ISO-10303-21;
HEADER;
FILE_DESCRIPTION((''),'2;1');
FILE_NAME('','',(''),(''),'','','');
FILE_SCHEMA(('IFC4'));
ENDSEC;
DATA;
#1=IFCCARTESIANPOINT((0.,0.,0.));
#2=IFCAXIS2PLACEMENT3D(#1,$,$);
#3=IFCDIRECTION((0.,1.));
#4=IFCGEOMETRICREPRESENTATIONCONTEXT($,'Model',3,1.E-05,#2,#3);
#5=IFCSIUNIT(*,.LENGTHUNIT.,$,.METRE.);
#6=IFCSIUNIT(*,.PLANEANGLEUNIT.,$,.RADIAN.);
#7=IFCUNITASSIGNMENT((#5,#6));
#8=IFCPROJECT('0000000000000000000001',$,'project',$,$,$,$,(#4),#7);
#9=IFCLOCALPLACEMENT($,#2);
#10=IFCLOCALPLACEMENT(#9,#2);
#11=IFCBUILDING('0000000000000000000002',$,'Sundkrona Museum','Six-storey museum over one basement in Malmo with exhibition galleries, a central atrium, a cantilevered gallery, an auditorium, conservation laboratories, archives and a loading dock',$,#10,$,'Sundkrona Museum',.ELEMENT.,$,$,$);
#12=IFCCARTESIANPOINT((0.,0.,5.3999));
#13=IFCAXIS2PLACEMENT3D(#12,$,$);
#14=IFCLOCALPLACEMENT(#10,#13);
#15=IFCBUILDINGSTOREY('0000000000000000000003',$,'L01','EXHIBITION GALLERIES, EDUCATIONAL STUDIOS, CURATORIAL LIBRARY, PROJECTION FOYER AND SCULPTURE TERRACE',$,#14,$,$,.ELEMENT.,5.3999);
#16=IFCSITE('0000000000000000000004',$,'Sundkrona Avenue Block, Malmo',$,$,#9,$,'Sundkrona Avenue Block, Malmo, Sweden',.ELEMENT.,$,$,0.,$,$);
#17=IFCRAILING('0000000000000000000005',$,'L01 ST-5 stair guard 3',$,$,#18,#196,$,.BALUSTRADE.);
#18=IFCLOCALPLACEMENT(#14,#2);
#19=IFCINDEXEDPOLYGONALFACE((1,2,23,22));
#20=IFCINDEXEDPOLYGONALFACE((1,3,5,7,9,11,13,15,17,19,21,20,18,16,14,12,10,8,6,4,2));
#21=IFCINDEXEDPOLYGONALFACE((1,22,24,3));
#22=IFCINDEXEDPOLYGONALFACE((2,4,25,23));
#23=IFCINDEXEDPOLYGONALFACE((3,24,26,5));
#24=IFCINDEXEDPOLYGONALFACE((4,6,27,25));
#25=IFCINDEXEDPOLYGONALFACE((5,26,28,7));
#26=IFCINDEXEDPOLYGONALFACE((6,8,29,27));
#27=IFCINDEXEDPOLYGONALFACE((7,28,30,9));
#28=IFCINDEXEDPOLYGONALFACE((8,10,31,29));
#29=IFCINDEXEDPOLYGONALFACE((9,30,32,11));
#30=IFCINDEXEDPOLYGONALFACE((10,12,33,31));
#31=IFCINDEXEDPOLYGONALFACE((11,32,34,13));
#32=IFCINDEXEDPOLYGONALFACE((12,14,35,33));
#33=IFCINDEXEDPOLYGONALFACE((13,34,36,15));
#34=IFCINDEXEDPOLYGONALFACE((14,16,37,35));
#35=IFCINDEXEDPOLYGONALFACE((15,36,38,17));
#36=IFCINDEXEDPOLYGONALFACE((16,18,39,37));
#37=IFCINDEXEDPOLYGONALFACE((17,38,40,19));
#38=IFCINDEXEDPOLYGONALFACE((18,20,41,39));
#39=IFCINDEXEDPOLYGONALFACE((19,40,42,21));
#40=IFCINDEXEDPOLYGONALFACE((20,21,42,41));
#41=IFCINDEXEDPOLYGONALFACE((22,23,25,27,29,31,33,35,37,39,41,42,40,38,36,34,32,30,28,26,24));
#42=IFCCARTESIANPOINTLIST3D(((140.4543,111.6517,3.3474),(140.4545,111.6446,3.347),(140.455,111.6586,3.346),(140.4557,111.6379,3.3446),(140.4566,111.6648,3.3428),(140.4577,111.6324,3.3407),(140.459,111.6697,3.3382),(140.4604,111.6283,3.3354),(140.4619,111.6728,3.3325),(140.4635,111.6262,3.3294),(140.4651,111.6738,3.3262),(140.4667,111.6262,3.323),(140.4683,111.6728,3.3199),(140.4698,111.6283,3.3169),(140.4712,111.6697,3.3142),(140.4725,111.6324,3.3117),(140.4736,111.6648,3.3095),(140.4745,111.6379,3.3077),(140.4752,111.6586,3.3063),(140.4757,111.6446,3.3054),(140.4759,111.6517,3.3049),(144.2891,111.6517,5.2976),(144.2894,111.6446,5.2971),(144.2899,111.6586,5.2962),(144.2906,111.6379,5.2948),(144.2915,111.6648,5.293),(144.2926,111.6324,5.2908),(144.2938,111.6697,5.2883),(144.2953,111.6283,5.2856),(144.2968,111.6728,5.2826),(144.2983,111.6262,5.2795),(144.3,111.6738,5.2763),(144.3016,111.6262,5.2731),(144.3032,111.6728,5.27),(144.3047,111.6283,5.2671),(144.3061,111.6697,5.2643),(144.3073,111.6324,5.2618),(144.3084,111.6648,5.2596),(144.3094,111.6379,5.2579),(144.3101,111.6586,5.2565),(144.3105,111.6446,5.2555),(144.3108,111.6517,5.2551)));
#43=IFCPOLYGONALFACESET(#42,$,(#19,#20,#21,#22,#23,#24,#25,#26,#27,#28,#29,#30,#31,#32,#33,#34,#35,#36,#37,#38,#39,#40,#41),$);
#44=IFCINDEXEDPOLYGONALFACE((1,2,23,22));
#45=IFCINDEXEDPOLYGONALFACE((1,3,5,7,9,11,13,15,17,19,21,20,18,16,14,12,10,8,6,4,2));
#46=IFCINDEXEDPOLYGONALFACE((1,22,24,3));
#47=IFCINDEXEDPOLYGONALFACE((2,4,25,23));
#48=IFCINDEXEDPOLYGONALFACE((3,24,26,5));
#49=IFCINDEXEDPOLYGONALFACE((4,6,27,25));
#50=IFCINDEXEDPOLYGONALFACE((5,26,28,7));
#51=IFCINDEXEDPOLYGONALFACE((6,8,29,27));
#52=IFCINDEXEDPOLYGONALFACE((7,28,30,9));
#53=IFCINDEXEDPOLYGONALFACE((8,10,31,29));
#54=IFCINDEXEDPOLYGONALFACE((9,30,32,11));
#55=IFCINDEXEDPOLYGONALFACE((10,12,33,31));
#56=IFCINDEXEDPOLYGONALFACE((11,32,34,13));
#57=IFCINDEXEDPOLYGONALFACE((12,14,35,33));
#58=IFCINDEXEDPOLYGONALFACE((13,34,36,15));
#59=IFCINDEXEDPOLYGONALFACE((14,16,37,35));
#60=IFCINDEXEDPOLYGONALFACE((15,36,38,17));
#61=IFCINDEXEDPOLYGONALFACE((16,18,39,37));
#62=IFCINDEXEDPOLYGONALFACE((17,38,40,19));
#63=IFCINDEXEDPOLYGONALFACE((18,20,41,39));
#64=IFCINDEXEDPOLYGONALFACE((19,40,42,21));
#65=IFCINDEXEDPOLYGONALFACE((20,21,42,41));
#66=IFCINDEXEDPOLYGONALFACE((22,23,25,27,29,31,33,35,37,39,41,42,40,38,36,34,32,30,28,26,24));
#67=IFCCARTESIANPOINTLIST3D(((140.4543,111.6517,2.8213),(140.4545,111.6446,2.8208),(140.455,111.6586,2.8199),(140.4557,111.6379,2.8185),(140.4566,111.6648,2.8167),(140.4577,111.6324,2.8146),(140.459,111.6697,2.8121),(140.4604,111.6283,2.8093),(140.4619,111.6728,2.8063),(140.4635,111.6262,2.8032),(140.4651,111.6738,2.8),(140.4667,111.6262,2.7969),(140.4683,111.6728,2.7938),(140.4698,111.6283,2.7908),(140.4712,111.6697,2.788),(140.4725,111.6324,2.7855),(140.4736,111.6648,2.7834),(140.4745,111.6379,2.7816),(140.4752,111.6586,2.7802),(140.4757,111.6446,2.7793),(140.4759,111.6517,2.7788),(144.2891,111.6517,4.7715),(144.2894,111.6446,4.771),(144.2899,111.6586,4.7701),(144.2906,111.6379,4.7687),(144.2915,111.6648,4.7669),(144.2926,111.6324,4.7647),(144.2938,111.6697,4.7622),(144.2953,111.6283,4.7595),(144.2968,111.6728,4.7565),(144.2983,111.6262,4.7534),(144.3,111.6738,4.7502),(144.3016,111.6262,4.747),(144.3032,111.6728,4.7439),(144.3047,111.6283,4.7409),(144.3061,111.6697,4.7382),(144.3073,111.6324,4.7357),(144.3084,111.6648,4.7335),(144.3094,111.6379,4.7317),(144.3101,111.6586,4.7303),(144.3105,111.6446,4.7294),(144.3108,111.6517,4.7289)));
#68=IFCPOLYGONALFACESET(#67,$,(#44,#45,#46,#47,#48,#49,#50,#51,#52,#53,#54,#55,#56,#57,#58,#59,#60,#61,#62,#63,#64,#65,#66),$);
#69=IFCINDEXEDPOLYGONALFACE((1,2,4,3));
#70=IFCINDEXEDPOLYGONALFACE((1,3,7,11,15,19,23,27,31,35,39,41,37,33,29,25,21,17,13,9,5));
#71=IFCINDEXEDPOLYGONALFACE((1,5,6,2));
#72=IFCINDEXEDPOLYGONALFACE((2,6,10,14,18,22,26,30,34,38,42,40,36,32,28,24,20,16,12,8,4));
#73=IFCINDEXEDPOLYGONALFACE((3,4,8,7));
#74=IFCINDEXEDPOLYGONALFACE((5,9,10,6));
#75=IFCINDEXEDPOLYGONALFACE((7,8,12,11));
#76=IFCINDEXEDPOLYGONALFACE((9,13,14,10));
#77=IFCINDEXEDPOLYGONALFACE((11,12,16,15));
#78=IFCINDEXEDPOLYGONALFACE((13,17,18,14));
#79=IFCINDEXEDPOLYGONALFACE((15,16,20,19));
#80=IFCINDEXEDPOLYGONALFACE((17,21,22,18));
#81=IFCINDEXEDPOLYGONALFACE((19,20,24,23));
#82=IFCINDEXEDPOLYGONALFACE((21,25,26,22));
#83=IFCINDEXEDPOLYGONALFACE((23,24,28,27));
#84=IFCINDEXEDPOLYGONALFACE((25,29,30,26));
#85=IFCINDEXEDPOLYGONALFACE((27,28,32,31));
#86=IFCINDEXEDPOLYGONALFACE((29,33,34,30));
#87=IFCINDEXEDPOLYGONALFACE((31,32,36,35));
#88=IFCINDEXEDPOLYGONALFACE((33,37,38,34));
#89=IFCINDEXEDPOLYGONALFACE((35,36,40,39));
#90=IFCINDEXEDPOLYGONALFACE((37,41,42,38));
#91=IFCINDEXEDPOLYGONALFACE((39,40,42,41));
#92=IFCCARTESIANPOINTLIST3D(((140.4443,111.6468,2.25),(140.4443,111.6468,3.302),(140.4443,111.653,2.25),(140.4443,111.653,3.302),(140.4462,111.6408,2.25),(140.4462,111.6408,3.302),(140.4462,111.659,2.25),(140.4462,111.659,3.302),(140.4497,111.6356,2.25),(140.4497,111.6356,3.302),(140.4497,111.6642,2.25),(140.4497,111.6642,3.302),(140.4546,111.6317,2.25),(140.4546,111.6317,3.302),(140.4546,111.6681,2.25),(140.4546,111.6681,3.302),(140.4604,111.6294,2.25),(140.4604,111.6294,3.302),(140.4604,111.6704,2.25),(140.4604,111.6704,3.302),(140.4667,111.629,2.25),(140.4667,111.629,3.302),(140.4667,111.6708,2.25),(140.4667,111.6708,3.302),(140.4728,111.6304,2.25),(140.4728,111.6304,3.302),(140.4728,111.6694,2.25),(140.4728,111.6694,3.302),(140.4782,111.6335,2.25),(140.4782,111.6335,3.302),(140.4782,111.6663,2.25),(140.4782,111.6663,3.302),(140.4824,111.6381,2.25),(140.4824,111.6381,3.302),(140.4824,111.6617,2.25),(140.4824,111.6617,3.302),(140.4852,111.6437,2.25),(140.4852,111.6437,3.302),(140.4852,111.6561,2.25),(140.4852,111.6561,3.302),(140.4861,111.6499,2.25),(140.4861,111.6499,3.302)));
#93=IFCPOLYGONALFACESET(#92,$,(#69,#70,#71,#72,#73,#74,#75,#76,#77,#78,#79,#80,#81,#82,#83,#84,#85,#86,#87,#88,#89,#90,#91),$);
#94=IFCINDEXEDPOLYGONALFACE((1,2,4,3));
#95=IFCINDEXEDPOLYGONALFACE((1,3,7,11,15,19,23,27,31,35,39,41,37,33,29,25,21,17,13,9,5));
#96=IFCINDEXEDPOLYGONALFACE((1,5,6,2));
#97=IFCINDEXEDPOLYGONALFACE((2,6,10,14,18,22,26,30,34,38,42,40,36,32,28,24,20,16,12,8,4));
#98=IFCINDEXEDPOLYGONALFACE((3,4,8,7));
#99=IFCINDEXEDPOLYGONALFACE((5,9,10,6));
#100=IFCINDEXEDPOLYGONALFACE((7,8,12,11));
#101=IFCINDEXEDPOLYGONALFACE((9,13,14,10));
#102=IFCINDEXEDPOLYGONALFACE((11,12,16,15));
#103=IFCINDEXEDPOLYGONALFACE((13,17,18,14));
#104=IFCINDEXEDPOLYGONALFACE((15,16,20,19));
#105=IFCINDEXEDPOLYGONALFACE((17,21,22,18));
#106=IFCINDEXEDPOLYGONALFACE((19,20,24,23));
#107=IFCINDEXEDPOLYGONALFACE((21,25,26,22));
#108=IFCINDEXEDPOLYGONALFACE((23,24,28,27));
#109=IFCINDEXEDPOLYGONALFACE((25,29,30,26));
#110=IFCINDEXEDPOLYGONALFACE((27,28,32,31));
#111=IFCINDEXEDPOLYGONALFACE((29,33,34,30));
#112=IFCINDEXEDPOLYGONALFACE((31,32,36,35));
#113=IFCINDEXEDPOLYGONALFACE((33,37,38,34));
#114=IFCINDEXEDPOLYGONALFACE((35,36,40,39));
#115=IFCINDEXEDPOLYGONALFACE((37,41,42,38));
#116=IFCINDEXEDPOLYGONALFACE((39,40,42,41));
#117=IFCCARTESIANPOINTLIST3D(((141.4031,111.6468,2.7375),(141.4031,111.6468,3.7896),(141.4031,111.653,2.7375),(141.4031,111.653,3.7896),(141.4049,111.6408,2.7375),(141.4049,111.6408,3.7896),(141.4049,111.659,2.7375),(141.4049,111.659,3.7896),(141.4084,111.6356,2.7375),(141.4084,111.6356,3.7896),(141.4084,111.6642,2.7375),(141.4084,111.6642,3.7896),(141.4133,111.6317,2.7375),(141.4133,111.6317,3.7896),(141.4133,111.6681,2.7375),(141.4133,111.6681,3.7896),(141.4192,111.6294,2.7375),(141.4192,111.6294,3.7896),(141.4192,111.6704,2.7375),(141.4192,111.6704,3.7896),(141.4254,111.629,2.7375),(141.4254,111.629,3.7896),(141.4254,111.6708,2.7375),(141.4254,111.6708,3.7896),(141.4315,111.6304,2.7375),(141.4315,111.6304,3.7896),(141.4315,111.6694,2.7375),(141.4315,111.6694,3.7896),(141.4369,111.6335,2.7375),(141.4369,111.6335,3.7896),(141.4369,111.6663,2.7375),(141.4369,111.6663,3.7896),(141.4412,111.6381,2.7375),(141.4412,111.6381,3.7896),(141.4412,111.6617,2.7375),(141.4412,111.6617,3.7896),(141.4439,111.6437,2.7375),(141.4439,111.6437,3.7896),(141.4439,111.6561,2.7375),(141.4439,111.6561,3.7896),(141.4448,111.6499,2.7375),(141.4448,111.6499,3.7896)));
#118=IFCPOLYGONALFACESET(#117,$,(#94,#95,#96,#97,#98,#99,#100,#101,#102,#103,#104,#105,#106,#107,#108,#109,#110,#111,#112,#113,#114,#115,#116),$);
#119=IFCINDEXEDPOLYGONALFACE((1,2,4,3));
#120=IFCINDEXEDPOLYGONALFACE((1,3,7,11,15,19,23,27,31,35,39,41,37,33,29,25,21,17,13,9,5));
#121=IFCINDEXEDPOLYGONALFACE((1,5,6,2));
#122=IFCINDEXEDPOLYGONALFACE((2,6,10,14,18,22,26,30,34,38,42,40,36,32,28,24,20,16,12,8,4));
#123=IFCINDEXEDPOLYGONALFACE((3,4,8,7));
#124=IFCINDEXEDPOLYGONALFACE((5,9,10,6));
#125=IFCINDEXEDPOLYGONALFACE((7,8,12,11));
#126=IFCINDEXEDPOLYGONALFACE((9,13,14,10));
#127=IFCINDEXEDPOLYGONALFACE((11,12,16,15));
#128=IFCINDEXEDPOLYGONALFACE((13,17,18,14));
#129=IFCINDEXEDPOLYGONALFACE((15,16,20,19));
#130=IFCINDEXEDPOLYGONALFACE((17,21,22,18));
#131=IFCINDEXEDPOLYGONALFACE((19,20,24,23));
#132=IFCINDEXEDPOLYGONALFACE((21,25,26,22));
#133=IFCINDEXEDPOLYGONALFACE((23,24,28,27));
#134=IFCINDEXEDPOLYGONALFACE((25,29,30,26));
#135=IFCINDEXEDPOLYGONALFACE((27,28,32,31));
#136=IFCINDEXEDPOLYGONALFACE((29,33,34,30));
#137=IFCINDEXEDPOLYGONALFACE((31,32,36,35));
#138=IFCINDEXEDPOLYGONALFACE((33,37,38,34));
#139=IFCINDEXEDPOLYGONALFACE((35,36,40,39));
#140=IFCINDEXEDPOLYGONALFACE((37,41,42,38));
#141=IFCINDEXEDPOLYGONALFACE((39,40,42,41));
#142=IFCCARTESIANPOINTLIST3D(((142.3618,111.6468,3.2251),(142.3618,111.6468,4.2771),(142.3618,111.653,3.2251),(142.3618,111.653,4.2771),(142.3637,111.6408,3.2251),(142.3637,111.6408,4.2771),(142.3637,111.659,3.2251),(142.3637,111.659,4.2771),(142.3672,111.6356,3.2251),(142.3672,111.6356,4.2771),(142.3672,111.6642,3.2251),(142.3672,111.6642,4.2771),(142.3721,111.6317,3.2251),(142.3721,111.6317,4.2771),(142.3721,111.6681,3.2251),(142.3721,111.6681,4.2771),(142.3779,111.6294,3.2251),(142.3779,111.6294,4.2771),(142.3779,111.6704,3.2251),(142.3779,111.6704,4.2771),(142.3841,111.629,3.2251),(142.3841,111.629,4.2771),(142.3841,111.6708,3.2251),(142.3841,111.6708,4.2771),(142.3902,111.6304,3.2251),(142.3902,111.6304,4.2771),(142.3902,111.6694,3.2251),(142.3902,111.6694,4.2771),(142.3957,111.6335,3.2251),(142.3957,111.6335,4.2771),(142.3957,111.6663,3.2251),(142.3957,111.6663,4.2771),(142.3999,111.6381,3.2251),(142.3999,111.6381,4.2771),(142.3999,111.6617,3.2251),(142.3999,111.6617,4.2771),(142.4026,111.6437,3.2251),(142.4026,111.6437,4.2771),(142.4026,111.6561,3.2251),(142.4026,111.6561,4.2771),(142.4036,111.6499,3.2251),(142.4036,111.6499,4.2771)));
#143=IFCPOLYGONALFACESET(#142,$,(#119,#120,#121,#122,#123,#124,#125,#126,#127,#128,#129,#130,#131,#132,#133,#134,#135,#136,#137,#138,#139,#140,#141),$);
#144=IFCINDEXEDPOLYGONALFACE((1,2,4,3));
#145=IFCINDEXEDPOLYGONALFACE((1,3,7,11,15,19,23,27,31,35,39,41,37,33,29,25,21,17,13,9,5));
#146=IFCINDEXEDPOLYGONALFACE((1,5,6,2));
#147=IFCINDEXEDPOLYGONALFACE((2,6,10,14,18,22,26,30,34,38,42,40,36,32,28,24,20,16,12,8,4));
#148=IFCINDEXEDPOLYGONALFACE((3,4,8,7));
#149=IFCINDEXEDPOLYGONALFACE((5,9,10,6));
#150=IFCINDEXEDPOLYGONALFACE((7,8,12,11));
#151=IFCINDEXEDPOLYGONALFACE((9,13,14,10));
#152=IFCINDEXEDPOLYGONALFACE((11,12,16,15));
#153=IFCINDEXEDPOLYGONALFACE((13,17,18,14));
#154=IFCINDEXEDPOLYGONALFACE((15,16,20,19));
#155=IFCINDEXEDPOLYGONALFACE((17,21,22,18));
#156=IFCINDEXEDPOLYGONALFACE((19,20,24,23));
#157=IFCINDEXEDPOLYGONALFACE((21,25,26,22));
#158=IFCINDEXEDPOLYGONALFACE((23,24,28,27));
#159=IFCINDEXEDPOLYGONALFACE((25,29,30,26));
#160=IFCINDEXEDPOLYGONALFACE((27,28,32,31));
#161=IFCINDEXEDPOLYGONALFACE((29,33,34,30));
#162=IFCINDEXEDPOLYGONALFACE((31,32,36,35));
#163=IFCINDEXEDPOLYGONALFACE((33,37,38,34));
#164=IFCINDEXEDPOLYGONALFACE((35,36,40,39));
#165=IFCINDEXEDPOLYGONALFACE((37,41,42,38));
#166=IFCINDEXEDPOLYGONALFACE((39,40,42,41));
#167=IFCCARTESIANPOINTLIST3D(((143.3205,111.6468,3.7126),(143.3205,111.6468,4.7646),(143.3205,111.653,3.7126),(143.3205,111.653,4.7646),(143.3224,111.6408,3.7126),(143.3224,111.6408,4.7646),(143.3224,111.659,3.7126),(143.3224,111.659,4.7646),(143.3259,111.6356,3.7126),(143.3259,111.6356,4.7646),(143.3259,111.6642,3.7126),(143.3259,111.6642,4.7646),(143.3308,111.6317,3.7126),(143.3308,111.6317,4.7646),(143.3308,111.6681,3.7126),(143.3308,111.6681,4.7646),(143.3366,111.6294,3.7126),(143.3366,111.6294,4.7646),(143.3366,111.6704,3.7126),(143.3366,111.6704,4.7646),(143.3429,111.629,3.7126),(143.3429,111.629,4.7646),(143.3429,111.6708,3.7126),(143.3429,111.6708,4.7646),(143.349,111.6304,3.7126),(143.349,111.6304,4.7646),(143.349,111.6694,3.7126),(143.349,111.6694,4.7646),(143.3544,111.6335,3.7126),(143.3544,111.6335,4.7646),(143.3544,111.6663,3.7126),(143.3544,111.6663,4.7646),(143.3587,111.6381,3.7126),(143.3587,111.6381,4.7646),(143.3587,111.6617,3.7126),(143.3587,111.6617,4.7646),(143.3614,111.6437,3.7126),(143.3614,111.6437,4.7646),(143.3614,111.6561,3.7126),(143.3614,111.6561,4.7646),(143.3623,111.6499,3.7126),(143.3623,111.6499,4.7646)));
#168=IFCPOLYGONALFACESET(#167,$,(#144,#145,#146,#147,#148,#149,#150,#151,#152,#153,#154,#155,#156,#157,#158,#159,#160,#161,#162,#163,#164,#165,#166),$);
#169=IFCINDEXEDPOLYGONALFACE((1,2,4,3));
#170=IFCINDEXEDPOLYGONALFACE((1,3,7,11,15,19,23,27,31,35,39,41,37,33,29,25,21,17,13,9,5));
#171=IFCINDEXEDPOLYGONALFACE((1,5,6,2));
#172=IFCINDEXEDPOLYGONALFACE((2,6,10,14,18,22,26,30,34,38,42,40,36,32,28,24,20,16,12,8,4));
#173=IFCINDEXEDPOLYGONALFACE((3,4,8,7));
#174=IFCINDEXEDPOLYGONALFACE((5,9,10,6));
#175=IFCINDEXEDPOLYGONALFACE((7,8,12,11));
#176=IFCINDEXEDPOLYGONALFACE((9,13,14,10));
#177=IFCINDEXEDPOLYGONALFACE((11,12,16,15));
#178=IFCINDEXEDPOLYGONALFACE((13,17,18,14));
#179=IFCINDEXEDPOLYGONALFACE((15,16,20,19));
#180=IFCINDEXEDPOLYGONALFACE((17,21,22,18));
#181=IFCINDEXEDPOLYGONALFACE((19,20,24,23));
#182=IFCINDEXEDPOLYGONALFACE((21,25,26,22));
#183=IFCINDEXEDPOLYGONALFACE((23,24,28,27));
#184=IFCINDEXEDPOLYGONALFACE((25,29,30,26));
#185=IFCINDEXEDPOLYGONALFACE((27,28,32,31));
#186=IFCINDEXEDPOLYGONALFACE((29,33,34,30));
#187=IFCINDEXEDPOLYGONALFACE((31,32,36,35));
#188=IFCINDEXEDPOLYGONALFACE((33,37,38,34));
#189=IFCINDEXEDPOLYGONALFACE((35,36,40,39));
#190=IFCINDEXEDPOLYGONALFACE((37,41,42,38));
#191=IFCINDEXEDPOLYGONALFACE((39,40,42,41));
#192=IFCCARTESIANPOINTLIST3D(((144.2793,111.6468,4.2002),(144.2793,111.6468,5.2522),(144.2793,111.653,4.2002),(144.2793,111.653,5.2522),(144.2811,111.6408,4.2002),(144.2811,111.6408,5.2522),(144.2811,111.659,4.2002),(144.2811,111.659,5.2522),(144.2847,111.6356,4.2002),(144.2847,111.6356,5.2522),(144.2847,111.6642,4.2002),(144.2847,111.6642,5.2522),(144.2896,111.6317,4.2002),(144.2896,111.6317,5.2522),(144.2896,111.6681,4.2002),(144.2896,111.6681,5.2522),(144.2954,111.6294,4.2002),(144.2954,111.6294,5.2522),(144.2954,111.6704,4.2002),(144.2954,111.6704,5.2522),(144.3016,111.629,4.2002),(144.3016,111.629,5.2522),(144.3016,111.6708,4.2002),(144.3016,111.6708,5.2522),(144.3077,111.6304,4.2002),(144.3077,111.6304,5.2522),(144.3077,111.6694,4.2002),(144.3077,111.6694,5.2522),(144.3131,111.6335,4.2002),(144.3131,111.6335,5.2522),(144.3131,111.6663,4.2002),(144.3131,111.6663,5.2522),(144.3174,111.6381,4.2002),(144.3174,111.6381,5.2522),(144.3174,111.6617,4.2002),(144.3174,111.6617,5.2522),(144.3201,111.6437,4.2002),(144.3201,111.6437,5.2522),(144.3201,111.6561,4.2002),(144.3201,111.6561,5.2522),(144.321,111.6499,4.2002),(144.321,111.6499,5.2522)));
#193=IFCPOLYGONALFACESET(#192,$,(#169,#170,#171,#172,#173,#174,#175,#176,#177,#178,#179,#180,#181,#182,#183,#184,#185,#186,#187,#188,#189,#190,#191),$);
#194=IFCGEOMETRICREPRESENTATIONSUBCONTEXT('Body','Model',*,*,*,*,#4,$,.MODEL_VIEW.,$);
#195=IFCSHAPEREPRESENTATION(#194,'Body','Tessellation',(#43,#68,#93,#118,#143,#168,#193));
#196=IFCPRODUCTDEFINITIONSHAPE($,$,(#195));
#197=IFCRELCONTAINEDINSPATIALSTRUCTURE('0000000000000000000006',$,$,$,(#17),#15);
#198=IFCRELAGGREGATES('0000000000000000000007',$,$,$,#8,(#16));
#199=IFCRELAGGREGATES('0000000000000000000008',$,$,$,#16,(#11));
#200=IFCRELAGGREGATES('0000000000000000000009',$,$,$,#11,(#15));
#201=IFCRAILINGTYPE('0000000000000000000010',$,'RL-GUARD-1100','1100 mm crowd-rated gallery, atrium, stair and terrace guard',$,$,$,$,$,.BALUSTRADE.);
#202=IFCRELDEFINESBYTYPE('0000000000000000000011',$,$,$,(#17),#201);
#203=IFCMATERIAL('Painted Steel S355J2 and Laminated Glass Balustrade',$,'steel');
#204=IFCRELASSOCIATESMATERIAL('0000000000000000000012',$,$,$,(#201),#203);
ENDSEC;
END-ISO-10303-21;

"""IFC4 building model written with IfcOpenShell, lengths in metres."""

from ifc_helpers import new_model, si_unit, direction, frame, origin, origin_2d, place, context, subcontext, project, spatial, circle, extrude, material, type_object, element, save


model = new_model("IFC4")

# Units and contexts
model_context = context("Model", 3, precision=1e-05, world=origin(), true_north=direction((0.0, 1.0)))
body_context = subcontext(model_context, "Body", "Model", "MODEL_VIEW")
ifc_project = project(units=[si_unit("LENGTHUNIT", "METRE"), si_unit("PLANEANGLEUNIT", "RADIAN")], contexts=[model_context])

# Site, building, storey
site_placement = place(None, origin())
site = spatial("IfcSite", under=ifc_project, at=site_placement, Name="Sundkrona Avenue Block, Malmo", LongName="Sundkrona Avenue Block, Malmo, Sweden", CompositionType="ELEMENT", RefElevation=0.0)
building_placement = place(site_placement, origin())
building = spatial("IfcBuilding", under=site, at=building_placement, Name="Sundkrona Museum", Description="Six-storey museum over one basement in Malmo with exhibition galleries, a central atrium, a cantilevered gallery, an auditorium, conservation laboratories, archives and a loading dock", LongName="Sundkrona Museum", CompositionType="ELEMENT")
storey_placement = place(building_placement, frame((0.0, 0.0, 5.3999)))
storey = spatial("IfcBuildingStorey", under=building, at=storey_placement, Name="L01", Description="EXHIBITION GALLERIES, EDUCATIONAL STUDIOS, CURATORIAL LIBRARY, PROJECTION FOYER AND SCULPTURE TERRACE", CompositionType="ELEMENT", Elevation=5.3999)

# Railing
ifc_material_1 = material(Name="Painted Steel S355J2 and Laminated Glass Balustrade", Category="steel")
railing_type_1 = type_object("IfcRailingType", Name="RL-GUARD-1100", Description="1100 mm crowd-rated gallery, atrium, stair and terrace guard", PredefinedType="BALUSTRADE", material=ifc_material_1)
railing_1_placement = place(storey_placement, frame((140.4651, 111.6499, 2.25)))
element("IfcRailing", 1, at=railing_1_placement, inside=storey, type_object=railing_type_1, Name="L01 ST-5 stair guard 3", PredefinedType="BALUSTRADE", context=body_context, shape_type="SweptSolid", body=[
    extrude(circle(Radius=0.0239, at=origin_2d()), frame((0.0, 0.0, 1.0762), z_axis=(0.891365, 0.0, 0.453286), x_axis=(0.0, 1.0, 0.0)), (0.0, 0.0, 1.0), 4.3022),
    extrude(circle(Radius=0.0239, at=origin_2d()), frame((0.0, 0.0, 0.55), z_axis=(0.891365, 0.0, 0.453286), x_axis=(0.0, 1.0, 0.0)), (0.0, 0.0, 1.0), 4.3022),
    extrude(circle(Radius=0.021, at=origin_2d()), origin(), (0.0, 0.0, 1.0), 1.052),
    extrude(circle(Radius=0.021, at=origin_2d()), frame((0.9587, 0.0, 0.4875)), (0.0, 0.0, 1.0), 1.052),
    extrude(circle(Radius=0.021, at=origin_2d()), frame((1.9175, 0.0, 0.9751)), (0.0, 0.0, 1.0), 1.052),
    extrude(circle(Radius=0.021, at=origin_2d()), frame((2.8762, 0.0, 1.4626)), (0.0, 0.0, 1.0), 1.052),
    extrude(circle(Radius=0.021, at=origin_2d()), frame((3.835, 0.0, 1.9502)), (0.0, 0.0, 1.0), 1.052),
])

save(model, "model.ifc")
